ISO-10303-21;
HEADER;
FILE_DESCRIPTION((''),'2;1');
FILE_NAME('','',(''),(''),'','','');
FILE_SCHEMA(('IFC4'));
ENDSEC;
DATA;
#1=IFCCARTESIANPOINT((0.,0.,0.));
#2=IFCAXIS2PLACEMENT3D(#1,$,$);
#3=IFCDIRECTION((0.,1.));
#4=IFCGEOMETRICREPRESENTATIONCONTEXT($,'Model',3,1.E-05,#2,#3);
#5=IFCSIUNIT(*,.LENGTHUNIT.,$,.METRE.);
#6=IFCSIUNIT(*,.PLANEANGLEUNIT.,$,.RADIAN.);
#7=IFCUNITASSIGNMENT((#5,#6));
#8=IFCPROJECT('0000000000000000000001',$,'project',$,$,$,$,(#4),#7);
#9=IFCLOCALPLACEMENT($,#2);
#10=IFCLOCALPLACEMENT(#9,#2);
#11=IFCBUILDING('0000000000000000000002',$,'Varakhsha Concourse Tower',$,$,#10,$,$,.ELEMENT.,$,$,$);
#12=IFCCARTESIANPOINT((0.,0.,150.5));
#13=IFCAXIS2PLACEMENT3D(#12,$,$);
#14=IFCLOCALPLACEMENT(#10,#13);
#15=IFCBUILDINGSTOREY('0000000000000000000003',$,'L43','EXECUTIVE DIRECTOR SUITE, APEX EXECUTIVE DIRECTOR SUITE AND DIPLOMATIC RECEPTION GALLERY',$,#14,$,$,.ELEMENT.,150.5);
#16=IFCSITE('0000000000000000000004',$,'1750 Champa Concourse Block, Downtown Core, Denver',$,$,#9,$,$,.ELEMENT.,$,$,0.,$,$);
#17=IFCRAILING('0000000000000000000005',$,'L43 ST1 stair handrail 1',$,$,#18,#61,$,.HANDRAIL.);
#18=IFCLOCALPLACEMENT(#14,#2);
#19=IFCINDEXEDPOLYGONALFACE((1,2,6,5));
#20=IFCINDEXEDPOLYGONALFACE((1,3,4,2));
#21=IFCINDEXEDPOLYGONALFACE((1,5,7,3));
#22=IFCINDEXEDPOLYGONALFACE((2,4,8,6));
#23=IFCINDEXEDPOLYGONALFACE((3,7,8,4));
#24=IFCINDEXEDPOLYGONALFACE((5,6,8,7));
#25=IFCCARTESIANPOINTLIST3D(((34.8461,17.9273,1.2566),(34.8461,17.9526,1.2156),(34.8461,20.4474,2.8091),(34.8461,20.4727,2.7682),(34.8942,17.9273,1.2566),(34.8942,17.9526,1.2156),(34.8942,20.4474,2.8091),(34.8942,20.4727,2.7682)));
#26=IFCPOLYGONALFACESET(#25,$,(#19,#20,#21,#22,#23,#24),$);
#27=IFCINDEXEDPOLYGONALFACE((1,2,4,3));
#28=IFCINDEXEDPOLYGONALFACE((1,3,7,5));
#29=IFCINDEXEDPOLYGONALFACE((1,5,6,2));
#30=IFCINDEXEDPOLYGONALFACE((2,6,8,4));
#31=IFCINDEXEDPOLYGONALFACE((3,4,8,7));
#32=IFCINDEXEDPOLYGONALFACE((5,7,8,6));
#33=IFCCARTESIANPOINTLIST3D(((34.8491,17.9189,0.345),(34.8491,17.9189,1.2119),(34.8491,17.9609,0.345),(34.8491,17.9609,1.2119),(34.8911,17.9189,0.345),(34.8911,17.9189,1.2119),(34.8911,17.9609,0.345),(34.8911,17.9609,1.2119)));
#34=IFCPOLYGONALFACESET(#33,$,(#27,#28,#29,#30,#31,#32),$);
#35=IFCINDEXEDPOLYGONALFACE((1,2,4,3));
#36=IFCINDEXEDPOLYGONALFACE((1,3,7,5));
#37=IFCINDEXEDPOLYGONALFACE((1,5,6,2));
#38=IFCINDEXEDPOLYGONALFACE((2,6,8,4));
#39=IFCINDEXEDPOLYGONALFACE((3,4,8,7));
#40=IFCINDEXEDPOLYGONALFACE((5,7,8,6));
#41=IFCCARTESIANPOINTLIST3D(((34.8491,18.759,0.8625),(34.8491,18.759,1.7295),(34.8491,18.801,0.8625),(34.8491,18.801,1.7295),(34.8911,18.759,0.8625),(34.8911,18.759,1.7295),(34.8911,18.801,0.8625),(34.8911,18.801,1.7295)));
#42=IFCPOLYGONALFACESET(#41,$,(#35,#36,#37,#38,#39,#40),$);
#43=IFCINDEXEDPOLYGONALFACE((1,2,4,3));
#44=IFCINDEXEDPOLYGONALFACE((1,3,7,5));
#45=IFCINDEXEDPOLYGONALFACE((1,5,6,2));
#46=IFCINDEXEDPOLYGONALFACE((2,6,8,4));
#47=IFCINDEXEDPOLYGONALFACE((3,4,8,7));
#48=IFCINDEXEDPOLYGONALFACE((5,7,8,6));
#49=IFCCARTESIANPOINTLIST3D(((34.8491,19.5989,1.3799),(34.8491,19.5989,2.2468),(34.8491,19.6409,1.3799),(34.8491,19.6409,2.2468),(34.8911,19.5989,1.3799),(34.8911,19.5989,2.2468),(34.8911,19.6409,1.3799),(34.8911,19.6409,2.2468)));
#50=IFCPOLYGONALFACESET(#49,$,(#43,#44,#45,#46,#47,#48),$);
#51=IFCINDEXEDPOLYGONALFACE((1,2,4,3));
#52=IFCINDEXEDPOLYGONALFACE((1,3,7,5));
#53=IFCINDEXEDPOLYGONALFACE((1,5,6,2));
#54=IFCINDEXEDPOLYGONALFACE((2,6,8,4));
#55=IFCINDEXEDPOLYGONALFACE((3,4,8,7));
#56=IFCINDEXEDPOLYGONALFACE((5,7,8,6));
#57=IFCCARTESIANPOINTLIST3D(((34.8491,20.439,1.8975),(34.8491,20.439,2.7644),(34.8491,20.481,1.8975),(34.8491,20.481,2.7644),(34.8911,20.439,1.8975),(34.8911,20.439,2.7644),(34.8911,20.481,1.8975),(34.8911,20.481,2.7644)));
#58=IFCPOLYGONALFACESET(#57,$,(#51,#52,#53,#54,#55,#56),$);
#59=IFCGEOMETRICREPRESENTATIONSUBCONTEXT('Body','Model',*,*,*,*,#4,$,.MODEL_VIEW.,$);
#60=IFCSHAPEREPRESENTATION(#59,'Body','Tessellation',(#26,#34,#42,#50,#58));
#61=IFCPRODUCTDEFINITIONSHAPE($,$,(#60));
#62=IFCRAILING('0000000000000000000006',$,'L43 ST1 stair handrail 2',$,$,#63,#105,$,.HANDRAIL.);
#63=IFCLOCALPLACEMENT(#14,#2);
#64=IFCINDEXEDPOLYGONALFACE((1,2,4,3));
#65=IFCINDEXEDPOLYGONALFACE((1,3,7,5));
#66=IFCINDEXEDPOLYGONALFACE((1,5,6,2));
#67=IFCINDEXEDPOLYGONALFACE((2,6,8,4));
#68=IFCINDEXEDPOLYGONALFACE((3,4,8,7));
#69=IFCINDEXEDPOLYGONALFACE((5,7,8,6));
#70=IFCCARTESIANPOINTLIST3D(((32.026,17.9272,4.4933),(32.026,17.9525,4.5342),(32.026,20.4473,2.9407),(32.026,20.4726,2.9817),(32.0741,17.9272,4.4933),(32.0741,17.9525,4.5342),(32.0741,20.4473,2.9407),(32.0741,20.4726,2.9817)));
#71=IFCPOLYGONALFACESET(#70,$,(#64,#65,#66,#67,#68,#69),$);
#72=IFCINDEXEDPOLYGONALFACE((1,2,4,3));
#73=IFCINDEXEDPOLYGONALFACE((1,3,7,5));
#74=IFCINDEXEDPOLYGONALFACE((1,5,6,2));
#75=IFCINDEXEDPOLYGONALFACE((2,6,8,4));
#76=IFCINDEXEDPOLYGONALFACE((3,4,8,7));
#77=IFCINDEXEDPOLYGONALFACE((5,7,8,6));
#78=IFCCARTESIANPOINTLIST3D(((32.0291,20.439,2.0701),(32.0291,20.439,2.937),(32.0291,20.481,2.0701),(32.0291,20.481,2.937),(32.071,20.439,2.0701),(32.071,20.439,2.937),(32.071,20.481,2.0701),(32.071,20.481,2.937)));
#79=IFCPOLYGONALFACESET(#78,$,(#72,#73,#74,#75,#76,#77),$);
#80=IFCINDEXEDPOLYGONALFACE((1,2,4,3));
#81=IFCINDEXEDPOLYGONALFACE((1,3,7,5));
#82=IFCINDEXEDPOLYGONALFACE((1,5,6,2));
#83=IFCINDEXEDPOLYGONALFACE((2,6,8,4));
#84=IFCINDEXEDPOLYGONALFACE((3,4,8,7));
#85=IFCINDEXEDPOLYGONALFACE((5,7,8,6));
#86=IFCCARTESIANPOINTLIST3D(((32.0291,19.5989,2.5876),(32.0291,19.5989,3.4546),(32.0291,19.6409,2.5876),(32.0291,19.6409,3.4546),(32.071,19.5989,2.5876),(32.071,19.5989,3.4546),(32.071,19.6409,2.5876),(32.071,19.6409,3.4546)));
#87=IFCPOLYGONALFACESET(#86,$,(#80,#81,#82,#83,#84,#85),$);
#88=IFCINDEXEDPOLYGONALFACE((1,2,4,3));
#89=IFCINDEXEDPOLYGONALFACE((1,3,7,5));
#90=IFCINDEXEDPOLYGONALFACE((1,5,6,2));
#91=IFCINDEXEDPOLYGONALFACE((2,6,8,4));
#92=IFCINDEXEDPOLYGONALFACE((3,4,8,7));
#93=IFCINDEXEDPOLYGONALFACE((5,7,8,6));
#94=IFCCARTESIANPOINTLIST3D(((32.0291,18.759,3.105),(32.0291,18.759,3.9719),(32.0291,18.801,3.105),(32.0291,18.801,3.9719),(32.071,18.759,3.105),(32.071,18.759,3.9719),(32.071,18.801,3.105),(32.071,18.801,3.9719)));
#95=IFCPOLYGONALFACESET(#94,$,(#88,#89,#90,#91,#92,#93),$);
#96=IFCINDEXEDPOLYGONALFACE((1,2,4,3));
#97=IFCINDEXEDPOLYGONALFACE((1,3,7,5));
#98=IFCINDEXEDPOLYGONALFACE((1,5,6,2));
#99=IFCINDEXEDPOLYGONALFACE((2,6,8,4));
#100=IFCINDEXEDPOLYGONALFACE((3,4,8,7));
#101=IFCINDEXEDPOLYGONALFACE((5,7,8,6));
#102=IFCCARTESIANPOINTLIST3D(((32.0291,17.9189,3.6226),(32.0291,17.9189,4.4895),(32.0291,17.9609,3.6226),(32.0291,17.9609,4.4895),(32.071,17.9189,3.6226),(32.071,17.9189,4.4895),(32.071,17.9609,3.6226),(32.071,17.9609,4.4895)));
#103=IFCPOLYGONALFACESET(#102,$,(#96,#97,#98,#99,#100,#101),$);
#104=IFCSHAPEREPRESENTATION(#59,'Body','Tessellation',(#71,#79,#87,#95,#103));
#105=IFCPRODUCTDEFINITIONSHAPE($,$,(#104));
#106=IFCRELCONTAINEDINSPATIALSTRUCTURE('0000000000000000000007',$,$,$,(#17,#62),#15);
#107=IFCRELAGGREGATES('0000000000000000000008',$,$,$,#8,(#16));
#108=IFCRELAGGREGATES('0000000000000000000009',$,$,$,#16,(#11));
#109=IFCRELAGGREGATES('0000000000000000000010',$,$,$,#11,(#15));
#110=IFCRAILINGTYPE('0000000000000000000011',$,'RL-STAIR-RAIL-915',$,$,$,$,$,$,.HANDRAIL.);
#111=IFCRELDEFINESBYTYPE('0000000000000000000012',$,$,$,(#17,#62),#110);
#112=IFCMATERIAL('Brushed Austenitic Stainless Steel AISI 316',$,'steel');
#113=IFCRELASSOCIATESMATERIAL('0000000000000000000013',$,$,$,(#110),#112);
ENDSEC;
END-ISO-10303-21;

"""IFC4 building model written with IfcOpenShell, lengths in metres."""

from ifc_helpers import new_model, si_unit, direction, frame, origin, origin_2d, place, context, subcontext, project, spatial, rectangle, extrude, material, type_object, element, save


model = new_model("IFC4")

# Units and contexts
model_context = context("Model", 3, precision=1e-05, world=origin(), true_north=direction((0.0, 1.0)))
body_context = subcontext(model_context, "Body", "Model", "MODEL_VIEW")
ifc_project = project(units=[si_unit("LENGTHUNIT", "METRE"), si_unit("PLANEANGLEUNIT", "RADIAN")], contexts=[model_context])

# Site, building, storey
site_placement = place(None, origin())
site = spatial("IfcSite", under=ifc_project, at=site_placement, Name="1750 Champa Concourse Block, Downtown Core, Denver", CompositionType="ELEMENT", RefElevation=0.0)
building_placement = place(site_placement, origin())
building = spatial("IfcBuilding", under=site, at=building_placement, Name="Varakhsha Concourse Tower", CompositionType="ELEMENT")
storey_placement = place(building_placement, frame((0.0, 0.0, 150.5)))
storey = spatial("IfcBuildingStorey", under=building, at=storey_placement, Name="L43", Description="EXECUTIVE DIRECTOR SUITE, APEX EXECUTIVE DIRECTOR SUITE AND DIPLOMATIC RECEPTION GALLERY", CompositionType="ELEMENT", Elevation=150.5)

# Railings
ifc_material_1 = material(Name="Brushed Austenitic Stainless Steel AISI 316", Category="steel")
railing_type_1 = type_object("IfcRailingType", Name="RL-STAIR-RAIL-915", PredefinedType="HANDRAIL", material=ifc_material_1)
railing_1_placement = place(storey_placement, frame((34.8701, 17.9399, 0.345)))
element("IfcRailing", 1, at=railing_1_placement, inside=storey, type_object=railing_type_1, Name="L43 ST1 stair handrail 1", PredefinedType="HANDRAIL", context=body_context, shape_type="SweptSolid", body=[
    extrude(rectangle(XDim=0.0481, YDim=0.0481, at=origin_2d()), frame((0.0, 0.0, 0.8911), z_axis=(0.0, 0.8514, 0.524516), x_axis=(-1.0, 0.0, 0.0)), (0.0, 0.0, 1.0), 2.96),
    extrude(rectangle(XDim=0.042, YDim=0.042, at=origin_2d()), origin(), (0.0, 0.0, 1.0), 0.8669),
    extrude(rectangle(XDim=0.042, YDim=0.042, at=origin_2d()), frame((0.0, 0.8401, 0.5176)), (0.0, 0.0, 1.0), 0.8669),
    extrude(rectangle(XDim=0.042, YDim=0.042, at=origin_2d()), frame((0.0, 1.6799, 1.0349)), (0.0, 0.0, 1.0), 0.8669),
    extrude(rectangle(XDim=0.042, YDim=0.042, at=origin_2d()), frame((0.0, 2.52, 1.5525)), (0.0, 0.0, 1.0), 0.8669),
])
railing_2_placement = place(storey_placement, frame((32.05, 20.46, 2.0701)))
element("IfcRailing", 2, at=railing_2_placement, inside=storey, type_object=railing_type_1, Name="L43 ST1 stair handrail 2", PredefinedType="HANDRAIL", context=body_context, shape_type="SweptSolid", body=[
    extrude(rectangle(XDim=0.0481, YDim=0.0481, at=origin_2d()), frame((0.0, 0.0, 0.8911), z_axis=(0.0, -0.8514, 0.524516), x_axis=(1.0, 0.0, 0.0)), (0.0, 0.0, 1.0), 2.96),
    extrude(rectangle(XDim=0.042, YDim=0.042, at=origin_2d()), origin(), (0.0, 0.0, 1.0), 0.8669),
    extrude(rectangle(XDim=0.042, YDim=0.042, at=origin_2d()), frame((0.0, -0.8401, 0.5176)), (0.0, 0.0, 1.0), 0.8669),
    extrude(rectangle(XDim=0.042, YDim=0.042, at=origin_2d()), frame((0.0, -1.6799, 1.0349)), (0.0, 0.0, 1.0), 0.8669),
    extrude(rectangle(XDim=0.042, YDim=0.042, at=origin_2d()), frame((0.0, -2.52, 1.5525)), (0.0, 0.0, 1.0), 0.8669),
])

save(model, "model.ifc")
